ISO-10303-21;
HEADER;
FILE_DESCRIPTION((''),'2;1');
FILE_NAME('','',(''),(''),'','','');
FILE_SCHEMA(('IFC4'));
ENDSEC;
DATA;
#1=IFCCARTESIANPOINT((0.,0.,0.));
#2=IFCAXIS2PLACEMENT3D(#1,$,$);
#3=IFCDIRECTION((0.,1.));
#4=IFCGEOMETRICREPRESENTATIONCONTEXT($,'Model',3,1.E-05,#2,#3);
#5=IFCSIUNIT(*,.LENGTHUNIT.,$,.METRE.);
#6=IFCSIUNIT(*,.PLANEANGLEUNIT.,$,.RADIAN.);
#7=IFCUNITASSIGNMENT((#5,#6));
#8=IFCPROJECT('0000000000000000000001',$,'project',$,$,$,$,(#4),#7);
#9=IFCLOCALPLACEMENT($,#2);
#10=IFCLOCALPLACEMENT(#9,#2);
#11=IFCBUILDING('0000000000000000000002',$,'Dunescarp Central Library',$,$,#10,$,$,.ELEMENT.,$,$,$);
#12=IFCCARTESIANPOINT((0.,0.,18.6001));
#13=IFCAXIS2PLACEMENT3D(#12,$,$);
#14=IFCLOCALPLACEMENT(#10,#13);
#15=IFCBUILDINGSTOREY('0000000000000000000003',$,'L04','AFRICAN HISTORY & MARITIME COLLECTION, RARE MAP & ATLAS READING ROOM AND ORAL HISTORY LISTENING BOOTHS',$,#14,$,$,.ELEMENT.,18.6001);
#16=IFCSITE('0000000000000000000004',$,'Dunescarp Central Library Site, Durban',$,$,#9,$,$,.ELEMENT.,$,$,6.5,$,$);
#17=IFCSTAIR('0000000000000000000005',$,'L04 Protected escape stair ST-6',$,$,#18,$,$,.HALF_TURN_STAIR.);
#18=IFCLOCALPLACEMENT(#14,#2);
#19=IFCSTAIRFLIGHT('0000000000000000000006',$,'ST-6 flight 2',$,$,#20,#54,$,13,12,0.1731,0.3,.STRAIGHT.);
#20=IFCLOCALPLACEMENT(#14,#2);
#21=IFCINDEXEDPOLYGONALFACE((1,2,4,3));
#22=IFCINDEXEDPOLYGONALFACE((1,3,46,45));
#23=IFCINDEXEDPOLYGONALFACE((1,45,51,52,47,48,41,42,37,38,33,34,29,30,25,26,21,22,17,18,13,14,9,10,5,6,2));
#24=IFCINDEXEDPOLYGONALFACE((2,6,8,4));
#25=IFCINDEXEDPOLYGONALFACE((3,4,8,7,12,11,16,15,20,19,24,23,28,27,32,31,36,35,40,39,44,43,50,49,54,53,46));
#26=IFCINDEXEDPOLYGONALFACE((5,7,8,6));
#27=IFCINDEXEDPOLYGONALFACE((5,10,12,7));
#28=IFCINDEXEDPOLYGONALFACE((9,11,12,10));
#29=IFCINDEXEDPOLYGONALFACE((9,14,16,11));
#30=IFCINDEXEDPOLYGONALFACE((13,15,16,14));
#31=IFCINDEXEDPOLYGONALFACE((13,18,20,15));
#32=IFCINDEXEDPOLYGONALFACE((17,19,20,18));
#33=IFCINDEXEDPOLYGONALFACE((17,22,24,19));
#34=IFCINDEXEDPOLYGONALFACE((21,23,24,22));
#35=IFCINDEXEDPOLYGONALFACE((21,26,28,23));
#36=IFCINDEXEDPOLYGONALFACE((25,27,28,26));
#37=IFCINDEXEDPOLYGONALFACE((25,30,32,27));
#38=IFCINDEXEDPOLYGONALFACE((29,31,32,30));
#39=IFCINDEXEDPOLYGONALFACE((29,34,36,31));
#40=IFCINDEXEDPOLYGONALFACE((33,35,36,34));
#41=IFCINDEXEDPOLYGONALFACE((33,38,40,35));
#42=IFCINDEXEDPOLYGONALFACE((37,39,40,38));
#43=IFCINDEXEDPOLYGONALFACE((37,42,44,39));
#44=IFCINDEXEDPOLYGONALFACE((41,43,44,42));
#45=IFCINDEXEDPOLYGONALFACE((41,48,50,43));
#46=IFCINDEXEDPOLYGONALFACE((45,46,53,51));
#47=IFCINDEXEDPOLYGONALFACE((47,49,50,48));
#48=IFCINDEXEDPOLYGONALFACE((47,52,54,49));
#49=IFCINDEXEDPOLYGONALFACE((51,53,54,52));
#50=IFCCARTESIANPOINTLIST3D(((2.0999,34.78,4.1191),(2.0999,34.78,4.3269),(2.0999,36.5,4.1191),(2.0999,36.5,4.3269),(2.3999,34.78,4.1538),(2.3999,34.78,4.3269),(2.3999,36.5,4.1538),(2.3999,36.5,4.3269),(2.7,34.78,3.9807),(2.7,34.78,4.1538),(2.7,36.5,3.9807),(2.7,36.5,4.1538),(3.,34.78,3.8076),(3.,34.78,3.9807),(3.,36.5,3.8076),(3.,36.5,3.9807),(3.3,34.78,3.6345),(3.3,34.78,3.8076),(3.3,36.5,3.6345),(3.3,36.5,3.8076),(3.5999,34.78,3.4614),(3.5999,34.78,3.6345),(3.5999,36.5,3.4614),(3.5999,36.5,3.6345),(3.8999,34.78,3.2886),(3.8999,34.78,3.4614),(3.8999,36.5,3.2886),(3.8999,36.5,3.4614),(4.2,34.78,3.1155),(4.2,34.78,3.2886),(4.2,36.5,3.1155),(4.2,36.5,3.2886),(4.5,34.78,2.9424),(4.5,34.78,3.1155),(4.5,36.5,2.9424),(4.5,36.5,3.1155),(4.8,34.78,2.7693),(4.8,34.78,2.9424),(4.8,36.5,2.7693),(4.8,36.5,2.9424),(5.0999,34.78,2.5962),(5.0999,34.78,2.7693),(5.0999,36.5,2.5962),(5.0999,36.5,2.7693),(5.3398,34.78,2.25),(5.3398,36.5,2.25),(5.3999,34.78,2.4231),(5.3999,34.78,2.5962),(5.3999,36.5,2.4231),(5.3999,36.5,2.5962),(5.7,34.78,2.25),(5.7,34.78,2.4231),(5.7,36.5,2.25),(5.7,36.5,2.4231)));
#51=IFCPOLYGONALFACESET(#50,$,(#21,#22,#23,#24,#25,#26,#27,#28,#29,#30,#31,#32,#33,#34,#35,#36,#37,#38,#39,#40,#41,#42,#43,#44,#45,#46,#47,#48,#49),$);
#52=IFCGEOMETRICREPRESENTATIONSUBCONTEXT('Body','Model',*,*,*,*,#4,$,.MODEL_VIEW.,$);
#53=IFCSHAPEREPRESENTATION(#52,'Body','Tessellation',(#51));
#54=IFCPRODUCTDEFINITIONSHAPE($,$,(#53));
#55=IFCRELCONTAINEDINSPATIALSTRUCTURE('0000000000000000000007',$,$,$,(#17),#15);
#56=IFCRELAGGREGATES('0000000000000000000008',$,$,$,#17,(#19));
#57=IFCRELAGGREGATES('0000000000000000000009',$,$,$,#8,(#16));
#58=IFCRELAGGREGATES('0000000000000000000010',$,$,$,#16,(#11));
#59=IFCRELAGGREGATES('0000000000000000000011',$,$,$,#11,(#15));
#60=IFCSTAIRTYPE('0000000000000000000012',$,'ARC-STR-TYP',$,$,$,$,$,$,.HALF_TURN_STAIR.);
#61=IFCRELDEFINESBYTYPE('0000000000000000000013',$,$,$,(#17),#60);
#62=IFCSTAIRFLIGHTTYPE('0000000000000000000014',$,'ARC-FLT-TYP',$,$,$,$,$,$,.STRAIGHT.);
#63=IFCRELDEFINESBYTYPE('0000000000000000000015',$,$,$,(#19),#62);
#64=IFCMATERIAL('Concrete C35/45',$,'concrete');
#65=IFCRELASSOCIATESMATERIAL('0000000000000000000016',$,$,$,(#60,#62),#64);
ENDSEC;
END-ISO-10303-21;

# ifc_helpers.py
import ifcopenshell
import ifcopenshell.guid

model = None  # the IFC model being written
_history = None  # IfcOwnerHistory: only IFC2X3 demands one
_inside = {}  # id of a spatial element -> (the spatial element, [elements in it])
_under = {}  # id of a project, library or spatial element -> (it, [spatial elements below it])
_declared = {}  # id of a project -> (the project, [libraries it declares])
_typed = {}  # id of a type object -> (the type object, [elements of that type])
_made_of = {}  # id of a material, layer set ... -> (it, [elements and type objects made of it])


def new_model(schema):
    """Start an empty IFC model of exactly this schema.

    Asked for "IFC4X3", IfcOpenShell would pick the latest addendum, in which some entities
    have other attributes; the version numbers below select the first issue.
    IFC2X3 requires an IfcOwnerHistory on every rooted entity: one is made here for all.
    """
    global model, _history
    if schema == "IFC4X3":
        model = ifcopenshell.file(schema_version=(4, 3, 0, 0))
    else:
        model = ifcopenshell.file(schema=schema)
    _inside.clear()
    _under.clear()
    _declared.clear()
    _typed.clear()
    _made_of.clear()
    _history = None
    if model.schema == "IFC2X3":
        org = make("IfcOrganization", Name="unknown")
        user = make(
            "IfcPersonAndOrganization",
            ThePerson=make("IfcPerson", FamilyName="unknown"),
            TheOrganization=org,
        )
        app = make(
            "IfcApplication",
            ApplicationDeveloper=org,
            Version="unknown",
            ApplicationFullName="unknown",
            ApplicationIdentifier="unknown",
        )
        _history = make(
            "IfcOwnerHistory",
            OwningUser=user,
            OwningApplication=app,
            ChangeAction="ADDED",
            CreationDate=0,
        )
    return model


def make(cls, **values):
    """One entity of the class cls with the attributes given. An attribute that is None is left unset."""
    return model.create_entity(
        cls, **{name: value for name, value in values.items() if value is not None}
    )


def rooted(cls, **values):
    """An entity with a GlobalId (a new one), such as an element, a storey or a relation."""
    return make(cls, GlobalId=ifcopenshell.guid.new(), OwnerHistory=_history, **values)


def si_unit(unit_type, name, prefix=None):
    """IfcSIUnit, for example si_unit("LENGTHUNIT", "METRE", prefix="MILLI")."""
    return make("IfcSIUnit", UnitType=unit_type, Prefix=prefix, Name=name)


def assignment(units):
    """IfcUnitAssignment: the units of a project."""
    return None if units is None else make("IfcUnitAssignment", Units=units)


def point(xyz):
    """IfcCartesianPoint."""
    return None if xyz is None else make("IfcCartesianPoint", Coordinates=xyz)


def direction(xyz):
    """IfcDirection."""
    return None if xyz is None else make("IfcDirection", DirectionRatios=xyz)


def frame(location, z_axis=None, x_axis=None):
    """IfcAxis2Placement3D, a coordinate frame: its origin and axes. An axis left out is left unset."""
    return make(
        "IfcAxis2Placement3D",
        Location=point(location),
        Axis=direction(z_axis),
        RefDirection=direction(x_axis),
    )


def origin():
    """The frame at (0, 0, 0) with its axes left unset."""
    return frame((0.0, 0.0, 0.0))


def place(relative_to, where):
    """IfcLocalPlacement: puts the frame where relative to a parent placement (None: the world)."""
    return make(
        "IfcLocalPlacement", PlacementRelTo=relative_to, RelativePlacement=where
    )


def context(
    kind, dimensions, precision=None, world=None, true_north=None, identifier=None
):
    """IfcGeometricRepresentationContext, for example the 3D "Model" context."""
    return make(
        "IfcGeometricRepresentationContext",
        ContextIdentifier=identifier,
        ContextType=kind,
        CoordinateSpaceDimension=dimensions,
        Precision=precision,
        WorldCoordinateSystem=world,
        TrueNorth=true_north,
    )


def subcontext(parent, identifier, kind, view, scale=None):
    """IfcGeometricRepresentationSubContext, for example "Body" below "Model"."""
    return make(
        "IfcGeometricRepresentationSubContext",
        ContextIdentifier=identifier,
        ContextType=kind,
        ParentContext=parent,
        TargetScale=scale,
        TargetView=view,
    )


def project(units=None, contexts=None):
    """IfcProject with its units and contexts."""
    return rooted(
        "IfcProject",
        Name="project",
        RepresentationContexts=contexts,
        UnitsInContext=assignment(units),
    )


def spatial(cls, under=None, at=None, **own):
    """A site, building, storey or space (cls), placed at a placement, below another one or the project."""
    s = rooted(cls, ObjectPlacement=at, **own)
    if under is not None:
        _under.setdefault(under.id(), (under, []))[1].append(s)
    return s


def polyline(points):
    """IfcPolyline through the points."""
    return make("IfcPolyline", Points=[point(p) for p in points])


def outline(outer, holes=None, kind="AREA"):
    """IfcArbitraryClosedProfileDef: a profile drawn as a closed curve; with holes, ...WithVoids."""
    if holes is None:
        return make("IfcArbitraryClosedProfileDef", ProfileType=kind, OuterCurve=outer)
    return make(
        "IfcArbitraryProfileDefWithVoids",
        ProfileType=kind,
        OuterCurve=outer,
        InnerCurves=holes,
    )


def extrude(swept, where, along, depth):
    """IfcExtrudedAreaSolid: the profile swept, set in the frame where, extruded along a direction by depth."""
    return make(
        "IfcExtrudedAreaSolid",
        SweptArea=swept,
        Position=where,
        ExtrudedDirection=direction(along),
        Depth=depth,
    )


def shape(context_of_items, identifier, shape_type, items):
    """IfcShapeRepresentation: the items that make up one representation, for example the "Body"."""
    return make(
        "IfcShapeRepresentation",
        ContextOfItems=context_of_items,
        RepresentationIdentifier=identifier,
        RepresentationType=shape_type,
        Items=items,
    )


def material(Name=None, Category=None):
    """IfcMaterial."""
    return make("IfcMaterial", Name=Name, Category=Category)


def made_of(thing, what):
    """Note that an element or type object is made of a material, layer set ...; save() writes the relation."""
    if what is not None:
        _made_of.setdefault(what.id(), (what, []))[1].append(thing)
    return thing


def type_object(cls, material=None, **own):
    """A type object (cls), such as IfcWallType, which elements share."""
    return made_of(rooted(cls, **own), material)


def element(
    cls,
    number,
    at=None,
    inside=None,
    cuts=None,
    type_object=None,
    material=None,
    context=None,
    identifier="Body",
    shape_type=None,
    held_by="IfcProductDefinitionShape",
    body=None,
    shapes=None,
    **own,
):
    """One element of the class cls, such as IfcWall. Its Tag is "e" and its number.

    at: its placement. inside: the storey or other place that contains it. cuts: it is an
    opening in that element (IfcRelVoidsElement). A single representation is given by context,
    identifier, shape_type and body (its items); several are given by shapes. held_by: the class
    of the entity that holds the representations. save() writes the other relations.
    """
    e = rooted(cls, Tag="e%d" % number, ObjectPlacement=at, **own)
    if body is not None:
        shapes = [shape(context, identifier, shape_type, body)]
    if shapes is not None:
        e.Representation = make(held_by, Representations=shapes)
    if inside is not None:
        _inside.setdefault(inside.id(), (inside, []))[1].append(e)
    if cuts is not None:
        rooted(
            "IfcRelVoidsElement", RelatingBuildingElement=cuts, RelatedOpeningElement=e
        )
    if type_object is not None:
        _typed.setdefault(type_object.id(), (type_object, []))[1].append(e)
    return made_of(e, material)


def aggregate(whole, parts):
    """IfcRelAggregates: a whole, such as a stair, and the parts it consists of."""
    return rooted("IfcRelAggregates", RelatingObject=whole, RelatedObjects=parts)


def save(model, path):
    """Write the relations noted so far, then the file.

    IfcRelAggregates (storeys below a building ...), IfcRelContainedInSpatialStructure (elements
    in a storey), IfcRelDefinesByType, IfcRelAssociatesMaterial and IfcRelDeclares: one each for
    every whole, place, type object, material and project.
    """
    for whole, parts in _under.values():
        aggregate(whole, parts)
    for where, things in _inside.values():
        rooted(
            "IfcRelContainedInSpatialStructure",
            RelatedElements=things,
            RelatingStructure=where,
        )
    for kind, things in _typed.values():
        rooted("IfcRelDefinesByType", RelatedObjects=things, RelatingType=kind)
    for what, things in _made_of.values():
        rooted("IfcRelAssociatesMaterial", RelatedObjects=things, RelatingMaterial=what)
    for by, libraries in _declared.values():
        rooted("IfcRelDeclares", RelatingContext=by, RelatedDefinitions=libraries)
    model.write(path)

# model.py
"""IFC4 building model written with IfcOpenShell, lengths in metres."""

from ifc_helpers import new_model, si_unit, direction, frame, origin, place, context, subcontext, project, spatial, polyline, outline, extrude, material, type_object, element, aggregate, save


model = new_model("IFC4")

# Units and contexts
model_context = context("Model", 3, precision=1e-05, world=origin(), true_north=direction((0.0, 1.0)))
body_context = subcontext(model_context, "Body", "Model", "MODEL_VIEW")
ifc_project = project(units=[si_unit("LENGTHUNIT", "METRE"), si_unit("PLANEANGLEUNIT", "RADIAN")], contexts=[model_context])

# Site, building, storey
site_placement = place(None, origin())
site = spatial("IfcSite", under=ifc_project, at=site_placement, Name="Dunescarp Central Library Site, Durban", CompositionType="ELEMENT", RefElevation=6.5)
building_placement = place(site_placement, origin())
building = spatial("IfcBuilding", under=site, at=building_placement, Name="Dunescarp Central Library", CompositionType="ELEMENT")
storey_placement = place(building_placement, frame((0.0, 0.0, 18.6001)))
storey = spatial("IfcBuildingStorey", under=building, at=storey_placement, Name="L04", Description="AFRICAN HISTORY & MARITIME COLLECTION, RARE MAP & ATLAS READING ROOM AND ORAL HISTORY LISTENING BOOTHS", CompositionType="ELEMENT", Elevation=18.6001)

# Stair, stair flight
ifc_material_1 = material(Name="Concrete C35/45", Category="concrete")
stair_type = type_object("IfcStairType", Name="ARC-STR-TYP", PredefinedType="HALF_TURN_STAIR", material=ifc_material_1)
stair_placement = place(storey_placement, origin())
stair = element("IfcStair", 1, at=stair_placement, inside=storey, type_object=stair_type, Name="L04 Protected escape stair ST-6", PredefinedType="HALF_TURN_STAIR")
stair_flight_type = type_object("IfcStairFlightType", Name="ARC-FLT-TYP", PredefinedType="STRAIGHT", material=ifc_material_1)
stair_flight_1_placement = place(storey_placement, frame((5.7, 35.6399, 2.25), z_axis=(0.0, 0.0, 1.0), x_axis=(-1.0, 0.0, 0.0)))
stair_flight_1 = element("IfcStairFlight", 2, at=stair_flight_1_placement, type_object=stair_flight_type, Name="ST-6 flight 2", NumberOfRisers=13, NumberOfTreads=12, PredefinedType="STRAIGHT", RiserHeight=0.1731, TreadLength=0.3, context=body_context, shape_type="SweptSolid", body=[
    extrude(outline(polyline([(0.0, 0.0), (0.0, 0.1731), (0.3, 0.1731), (0.3, 0.3462), (0.6001, 0.3462), (0.6001, 0.5193), (0.8999, 0.5193), (0.8999, 0.6924), (1.2, 0.6924), (1.2, 0.8655), (1.5, 0.8655), (1.5, 1.0386), (1.8, 1.0386), (1.8, 1.2114), (2.1001, 1.2114), (2.1001, 1.3845), (2.3999, 1.3845), (2.3999, 1.5576), (2.7, 1.5576), (2.7, 1.7307), (3.0, 1.7307), (3.0, 1.9038), (3.3, 1.9038), (3.3, 2.0769), (3.6001, 2.0769), (3.6001, 2.25), (3.6001, 1.8691), (0.3601, 0.0), (0.0, 0.0)])), frame((0.0, 0.8599, 0.0), z_axis=(0.0, -1.0, 0.0), x_axis=(1.0, 0.0, 0.0)), (0.0, 0.0, 1.0), 1.72),
])
aggregate(stair, [stair_flight_1])

save(model, "model.ifc")
